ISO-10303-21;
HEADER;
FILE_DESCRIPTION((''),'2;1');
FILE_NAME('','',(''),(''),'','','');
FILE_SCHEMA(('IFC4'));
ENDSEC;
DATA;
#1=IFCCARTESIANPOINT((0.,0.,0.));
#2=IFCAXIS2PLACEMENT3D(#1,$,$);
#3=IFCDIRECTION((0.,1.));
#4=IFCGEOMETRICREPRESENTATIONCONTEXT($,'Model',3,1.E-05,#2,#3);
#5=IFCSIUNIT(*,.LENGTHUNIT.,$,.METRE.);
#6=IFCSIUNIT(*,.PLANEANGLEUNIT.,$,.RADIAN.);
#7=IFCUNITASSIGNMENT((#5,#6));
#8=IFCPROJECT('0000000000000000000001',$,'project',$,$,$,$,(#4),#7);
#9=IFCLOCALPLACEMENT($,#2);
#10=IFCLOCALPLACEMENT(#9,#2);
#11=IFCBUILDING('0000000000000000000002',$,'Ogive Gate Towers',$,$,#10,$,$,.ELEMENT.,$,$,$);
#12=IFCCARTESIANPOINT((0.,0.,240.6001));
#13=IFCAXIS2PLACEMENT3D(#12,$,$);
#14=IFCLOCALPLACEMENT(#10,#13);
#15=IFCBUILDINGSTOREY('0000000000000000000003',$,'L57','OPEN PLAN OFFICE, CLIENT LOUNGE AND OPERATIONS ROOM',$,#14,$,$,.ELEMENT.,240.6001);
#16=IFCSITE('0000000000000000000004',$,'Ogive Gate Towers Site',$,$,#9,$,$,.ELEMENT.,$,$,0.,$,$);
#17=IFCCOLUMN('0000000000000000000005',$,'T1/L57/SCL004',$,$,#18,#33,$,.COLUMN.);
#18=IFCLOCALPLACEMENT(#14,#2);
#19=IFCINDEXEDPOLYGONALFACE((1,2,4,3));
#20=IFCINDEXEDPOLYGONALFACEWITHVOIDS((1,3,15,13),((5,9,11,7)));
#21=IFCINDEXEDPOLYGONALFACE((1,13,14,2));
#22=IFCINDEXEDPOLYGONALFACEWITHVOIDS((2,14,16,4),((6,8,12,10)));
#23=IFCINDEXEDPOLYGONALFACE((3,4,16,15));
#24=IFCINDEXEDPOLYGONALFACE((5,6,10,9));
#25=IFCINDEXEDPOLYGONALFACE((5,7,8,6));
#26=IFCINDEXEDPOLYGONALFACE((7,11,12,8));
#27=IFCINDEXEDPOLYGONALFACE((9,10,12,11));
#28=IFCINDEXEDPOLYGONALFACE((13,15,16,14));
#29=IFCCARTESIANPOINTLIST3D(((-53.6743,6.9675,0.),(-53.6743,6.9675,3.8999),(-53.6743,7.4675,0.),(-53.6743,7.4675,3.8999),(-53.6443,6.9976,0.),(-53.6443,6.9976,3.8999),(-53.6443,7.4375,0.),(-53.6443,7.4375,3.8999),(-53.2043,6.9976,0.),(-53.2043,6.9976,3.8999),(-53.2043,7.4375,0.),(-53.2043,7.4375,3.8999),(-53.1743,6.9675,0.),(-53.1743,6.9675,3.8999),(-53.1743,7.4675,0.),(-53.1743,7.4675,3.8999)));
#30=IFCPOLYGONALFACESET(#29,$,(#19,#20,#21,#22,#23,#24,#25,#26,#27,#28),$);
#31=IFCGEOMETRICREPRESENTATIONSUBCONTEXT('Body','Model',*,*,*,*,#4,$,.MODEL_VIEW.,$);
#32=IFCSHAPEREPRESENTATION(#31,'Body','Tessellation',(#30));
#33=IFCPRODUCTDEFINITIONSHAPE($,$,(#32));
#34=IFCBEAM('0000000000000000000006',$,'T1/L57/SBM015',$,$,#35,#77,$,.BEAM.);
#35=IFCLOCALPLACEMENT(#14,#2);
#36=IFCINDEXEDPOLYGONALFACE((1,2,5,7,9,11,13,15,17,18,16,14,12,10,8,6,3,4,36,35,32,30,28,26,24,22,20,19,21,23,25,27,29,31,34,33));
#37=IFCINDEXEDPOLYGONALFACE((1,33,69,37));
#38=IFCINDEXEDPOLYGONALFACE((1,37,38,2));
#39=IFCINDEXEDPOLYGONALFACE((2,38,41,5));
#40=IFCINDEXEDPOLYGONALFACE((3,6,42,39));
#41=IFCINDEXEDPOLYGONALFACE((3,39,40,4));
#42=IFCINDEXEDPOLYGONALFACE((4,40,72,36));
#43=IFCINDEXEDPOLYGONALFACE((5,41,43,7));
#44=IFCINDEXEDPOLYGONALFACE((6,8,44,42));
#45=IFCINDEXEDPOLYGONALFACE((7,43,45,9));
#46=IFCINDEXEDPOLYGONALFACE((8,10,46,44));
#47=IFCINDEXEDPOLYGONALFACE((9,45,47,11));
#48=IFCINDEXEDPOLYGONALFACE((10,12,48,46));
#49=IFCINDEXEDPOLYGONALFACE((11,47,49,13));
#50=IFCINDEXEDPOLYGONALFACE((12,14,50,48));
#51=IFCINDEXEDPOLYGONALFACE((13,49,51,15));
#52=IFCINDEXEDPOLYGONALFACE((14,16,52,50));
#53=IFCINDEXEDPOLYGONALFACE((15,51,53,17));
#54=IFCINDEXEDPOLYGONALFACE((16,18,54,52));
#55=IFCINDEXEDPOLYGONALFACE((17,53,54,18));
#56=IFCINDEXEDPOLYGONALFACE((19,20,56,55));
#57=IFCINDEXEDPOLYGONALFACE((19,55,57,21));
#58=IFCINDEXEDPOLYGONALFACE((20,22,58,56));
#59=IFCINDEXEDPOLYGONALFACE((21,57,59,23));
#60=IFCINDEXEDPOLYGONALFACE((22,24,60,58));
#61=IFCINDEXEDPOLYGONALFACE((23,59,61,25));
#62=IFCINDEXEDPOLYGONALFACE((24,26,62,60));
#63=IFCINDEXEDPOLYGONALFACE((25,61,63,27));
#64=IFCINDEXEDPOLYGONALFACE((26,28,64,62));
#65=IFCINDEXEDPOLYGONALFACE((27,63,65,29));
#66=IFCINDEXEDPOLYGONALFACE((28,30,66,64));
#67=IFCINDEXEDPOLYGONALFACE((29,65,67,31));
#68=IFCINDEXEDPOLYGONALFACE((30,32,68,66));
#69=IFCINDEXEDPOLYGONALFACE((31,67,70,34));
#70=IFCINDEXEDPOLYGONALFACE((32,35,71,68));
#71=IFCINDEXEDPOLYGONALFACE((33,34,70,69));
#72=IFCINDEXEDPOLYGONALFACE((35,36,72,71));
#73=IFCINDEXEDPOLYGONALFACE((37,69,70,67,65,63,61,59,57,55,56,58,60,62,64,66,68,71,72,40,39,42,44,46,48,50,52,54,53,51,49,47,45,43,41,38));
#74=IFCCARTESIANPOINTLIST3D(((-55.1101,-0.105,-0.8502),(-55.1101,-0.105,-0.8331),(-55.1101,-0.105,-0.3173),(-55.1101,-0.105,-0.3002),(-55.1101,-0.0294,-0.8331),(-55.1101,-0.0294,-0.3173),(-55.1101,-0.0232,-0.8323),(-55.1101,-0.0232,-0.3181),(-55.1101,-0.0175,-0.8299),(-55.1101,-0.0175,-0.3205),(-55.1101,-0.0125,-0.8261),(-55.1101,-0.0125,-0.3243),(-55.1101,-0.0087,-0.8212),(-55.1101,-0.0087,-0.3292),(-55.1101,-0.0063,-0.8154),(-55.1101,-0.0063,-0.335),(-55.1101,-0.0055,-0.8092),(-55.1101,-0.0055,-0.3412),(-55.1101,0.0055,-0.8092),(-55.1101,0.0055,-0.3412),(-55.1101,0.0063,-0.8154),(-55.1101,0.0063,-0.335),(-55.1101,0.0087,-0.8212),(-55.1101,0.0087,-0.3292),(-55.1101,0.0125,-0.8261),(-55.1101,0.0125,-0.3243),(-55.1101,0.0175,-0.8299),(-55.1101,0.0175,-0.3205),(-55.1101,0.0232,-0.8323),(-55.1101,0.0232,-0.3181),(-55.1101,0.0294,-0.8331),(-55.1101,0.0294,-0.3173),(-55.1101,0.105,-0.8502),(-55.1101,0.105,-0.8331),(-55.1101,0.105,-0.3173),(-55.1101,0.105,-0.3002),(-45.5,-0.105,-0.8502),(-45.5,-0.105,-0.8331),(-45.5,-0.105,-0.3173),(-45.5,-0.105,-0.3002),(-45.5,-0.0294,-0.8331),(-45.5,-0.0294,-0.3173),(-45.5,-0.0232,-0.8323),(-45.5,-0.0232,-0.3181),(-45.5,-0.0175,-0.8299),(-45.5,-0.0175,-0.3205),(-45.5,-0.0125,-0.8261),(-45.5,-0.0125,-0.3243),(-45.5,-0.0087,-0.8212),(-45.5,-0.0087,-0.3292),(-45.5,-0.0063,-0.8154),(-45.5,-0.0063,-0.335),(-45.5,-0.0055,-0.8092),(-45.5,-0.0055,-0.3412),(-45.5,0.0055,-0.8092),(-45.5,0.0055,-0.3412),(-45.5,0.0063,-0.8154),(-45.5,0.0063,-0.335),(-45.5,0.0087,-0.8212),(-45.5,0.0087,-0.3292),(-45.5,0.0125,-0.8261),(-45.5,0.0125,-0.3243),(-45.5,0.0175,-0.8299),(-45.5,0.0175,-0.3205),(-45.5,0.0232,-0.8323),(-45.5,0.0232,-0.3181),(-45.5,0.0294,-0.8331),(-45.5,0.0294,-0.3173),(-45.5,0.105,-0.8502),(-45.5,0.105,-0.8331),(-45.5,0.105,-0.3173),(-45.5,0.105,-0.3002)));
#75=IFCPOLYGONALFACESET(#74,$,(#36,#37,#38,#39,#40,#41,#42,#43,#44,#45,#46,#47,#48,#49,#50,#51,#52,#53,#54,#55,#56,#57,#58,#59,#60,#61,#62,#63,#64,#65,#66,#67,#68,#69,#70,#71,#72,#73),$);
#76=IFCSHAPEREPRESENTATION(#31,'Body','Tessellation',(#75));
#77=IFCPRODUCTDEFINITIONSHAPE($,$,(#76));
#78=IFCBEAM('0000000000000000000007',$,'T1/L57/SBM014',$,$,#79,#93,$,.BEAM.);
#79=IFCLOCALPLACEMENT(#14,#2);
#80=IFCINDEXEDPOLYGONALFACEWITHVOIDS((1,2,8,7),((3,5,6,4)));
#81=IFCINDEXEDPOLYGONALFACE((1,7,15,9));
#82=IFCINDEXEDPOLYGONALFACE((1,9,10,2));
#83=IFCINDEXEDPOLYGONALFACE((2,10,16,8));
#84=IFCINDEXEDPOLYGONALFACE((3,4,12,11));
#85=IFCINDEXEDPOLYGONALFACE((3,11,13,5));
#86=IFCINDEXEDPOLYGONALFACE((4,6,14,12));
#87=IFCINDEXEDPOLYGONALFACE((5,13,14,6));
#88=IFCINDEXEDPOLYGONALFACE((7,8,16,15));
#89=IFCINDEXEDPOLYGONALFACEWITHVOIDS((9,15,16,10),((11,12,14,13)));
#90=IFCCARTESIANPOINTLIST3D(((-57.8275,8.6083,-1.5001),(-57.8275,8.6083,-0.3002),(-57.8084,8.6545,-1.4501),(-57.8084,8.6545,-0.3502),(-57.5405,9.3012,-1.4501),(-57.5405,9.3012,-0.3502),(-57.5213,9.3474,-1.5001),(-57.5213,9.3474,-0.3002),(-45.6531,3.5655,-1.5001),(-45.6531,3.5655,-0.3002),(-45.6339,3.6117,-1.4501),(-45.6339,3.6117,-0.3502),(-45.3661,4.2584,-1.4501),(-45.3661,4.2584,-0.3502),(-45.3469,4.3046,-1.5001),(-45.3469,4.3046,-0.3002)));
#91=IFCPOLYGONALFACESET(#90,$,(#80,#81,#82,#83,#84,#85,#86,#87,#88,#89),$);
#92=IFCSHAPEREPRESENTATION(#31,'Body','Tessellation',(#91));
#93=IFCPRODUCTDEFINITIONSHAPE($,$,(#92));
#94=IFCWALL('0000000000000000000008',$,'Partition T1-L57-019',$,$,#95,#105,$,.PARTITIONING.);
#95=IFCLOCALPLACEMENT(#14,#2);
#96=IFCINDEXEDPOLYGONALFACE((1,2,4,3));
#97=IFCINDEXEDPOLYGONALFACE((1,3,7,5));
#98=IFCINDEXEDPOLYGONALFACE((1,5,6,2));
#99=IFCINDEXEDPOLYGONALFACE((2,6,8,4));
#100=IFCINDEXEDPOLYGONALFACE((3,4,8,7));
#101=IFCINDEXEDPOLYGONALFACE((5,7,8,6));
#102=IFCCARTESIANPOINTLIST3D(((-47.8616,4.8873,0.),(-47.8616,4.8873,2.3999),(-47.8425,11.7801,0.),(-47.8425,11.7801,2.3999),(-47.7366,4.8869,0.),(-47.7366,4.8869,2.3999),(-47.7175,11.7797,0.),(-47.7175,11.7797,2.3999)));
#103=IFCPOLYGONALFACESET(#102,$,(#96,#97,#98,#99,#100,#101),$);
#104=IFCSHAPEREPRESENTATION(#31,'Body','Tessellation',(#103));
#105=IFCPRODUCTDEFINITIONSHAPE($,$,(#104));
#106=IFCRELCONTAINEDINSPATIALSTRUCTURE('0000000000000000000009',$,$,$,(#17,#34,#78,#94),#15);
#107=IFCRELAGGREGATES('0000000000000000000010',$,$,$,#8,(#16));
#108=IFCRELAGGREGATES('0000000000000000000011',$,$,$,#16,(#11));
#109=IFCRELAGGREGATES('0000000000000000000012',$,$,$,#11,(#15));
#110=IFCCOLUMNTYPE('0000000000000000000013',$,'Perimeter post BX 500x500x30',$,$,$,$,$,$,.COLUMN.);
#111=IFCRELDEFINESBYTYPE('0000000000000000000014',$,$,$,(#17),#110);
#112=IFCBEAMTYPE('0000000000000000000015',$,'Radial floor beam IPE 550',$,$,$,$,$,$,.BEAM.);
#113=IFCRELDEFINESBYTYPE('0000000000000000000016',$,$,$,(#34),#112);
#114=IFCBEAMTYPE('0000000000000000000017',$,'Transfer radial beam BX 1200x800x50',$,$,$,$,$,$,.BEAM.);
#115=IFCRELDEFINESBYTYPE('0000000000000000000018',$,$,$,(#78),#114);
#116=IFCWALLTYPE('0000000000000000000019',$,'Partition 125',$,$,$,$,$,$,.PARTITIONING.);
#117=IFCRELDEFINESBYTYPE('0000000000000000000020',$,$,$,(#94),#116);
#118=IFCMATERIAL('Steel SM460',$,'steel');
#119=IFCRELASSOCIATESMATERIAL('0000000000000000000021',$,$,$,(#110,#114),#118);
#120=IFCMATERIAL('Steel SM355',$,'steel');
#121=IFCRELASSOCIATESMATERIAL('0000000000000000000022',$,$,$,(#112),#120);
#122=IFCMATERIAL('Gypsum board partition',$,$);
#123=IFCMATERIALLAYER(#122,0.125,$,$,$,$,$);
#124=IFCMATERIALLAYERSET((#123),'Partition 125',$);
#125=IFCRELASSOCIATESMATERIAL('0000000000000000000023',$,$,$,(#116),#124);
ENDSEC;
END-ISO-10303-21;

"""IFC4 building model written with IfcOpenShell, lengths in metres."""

from ifc_helpers import new_model, si_unit, direction, frame, frame_2d, origin, origin_2d, place, context, subcontext, project, spatial, rectangle, hollow_rectangle, i_section, extrude, material, layer, layer_set, material_profile, profile_set, type_object, element, save


model = new_model("IFC4")

# Units and contexts
model_context = context("Model", 3, precision=1e-05, world=origin(), true_north=direction((0.0, 1.0)))
body_context = subcontext(model_context, "Body", "Model", "MODEL_VIEW")
ifc_project = project(units=[si_unit("LENGTHUNIT", "METRE"), si_unit("PLANEANGLEUNIT", "RADIAN")], contexts=[model_context])

# Site, building, storey
site_placement = place(None, origin())
site = spatial("IfcSite", under=ifc_project, at=site_placement, Name="Ogive Gate Towers Site", CompositionType="ELEMENT", RefElevation=0.0)
building_placement = place(site_placement, origin())
building = spatial("IfcBuilding", under=site, at=building_placement, Name="Ogive Gate Towers", CompositionType="ELEMENT")
storey_placement = place(building_placement, frame((0.0, 0.0, 240.6001)))
storey = spatial("IfcBuildingStorey", under=building, at=storey_placement, Name="L57", Description="OPEN PLAN OFFICE, CLIENT LOUNGE AND OPERATIONS ROOM", CompositionType="ELEMENT", Elevation=240.6001)

# Column
ifc_material_1 = material(Name="Steel SM460", Category="steel")
ifc_material_profile_1 = material_profile(ifc_material_1, hollow_rectangle(XDim=0.5, YDim=0.5, WallThickness=0.03, at=origin_2d()), Name="BX 500x500x30")
ifc_profile_set_1 = profile_set([ifc_material_profile_1], Name="Steel SM460")
column_type = type_object("IfcColumnType", Name="Perimeter post BX 500x500x30", PredefinedType="COLUMN", material=ifc_profile_set_1)
column_placement = place(storey_placement, frame((-53.4243, 7.2175, 0.0), z_axis=(0.0, 0.0, 1.0), x_axis=(1.0, 0.0, 0.0)))
element("IfcColumn", 1, at=column_placement, inside=storey, type_object=column_type, Name="T1/L57/SCL004", PredefinedType="COLUMN", context=body_context, shape_type="SweptSolid", body=[
    extrude(hollow_rectangle(XDim=0.5, YDim=0.5, WallThickness=0.03, at=origin_2d()), origin(), (0.0, 0.0, 1.0), 3.8999),
])

# Beams
ifc_material_2 = material(Name="Steel SM355", Category="steel")
ifc_material_profile_2 = material_profile(ifc_material_2, i_section(OverallWidth=0.21, OverallDepth=0.55, WebThickness=0.011, FlangeThickness=0.0171, FilletRadius=0.0239, at=origin_2d()), Name="IPE 550")
ifc_profile_set_2 = profile_set([ifc_material_profile_2], Name="Steel SM355")
beam_type_1 = type_object("IfcBeamType", Name="Radial floor beam IPE 550", PredefinedType="BEAM", material=ifc_profile_set_2)
beam_1_placement = place(storey_placement, frame((-45.5, 0.0, -0.5752), z_axis=(-1.0, 0.0, 0.0), x_axis=(0.0, -1.0, 0.0)))
element("IfcBeam", 2, at=beam_1_placement, inside=storey, type_object=beam_type_1, Name="T1/L57/SBM015", PredefinedType="BEAM", context=body_context, shape_type="SweptSolid", body=[
    extrude(i_section(OverallWidth=0.21, OverallDepth=0.55, WebThickness=0.011, FlangeThickness=0.0171, FilletRadius=0.0239, at=origin_2d()), origin(), (0.0, 0.0, 1.0), 9.6101),
])
ifc_material_profile_3 = material_profile(ifc_material_1, hollow_rectangle(XDim=0.8, YDim=1.2, WallThickness=0.05, at=origin_2d()), Name="BX 1200x800x50")
ifc_profile_set_3 = profile_set([ifc_material_profile_3], Name="Steel SM460")
beam_type_2 = type_object("IfcBeamType", Name="Transfer radial beam BX 1200x800x50", PredefinedType="BEAM", material=ifc_profile_set_3)
beam_2_placement = place(storey_placement, frame((-45.5, 3.9351, -0.9001), z_axis=(-0.923881, 0.382681, 0.0), x_axis=(-0.382681, -0.923881, 0.0)))
element("IfcBeam", 3, at=beam_2_placement, inside=storey, type_object=beam_type_2, Name="T1/L57/SBM014", PredefinedType="BEAM", context=body_context, shape_type="SweptSolid", body=[
    extrude(hollow_rectangle(XDim=0.8, YDim=1.2, WallThickness=0.05, at=origin_2d()), origin(), (0.0, 0.0, 1.0), 13.1775),
])

# Wall
ifc_material_3 = material(Name="Gypsum board partition")
ifc_layer_1 = layer(ifc_material_3, 0.125)
ifc_layer_set_1 = layer_set([ifc_layer_1], Name="Partition 125")
wall_type_1 = type_object("IfcWallType", Name="Partition 125", PredefinedType="PARTITIONING", material=ifc_layer_set_1)
wall_1_placement = place(storey_placement, frame((-47.7991, 4.8872, 0.0), z_axis=(0.0, 0.0, 1.0), x_axis=(0.002763, 0.999996, 0.0)))
element("IfcWall", 4, at=wall_1_placement, inside=storey, type_object=wall_type_1, Name="Partition T1-L57-019", PredefinedType="PARTITIONING", context=body_context, shape_type="SweptSolid", body=[
    extrude(rectangle(XDim=6.8928, YDim=0.125, at=frame_2d((3.4463, 0.0))), origin(), (0.0, 0.0, 1.0), 2.3999),
])

save(model, "model.ifc")
